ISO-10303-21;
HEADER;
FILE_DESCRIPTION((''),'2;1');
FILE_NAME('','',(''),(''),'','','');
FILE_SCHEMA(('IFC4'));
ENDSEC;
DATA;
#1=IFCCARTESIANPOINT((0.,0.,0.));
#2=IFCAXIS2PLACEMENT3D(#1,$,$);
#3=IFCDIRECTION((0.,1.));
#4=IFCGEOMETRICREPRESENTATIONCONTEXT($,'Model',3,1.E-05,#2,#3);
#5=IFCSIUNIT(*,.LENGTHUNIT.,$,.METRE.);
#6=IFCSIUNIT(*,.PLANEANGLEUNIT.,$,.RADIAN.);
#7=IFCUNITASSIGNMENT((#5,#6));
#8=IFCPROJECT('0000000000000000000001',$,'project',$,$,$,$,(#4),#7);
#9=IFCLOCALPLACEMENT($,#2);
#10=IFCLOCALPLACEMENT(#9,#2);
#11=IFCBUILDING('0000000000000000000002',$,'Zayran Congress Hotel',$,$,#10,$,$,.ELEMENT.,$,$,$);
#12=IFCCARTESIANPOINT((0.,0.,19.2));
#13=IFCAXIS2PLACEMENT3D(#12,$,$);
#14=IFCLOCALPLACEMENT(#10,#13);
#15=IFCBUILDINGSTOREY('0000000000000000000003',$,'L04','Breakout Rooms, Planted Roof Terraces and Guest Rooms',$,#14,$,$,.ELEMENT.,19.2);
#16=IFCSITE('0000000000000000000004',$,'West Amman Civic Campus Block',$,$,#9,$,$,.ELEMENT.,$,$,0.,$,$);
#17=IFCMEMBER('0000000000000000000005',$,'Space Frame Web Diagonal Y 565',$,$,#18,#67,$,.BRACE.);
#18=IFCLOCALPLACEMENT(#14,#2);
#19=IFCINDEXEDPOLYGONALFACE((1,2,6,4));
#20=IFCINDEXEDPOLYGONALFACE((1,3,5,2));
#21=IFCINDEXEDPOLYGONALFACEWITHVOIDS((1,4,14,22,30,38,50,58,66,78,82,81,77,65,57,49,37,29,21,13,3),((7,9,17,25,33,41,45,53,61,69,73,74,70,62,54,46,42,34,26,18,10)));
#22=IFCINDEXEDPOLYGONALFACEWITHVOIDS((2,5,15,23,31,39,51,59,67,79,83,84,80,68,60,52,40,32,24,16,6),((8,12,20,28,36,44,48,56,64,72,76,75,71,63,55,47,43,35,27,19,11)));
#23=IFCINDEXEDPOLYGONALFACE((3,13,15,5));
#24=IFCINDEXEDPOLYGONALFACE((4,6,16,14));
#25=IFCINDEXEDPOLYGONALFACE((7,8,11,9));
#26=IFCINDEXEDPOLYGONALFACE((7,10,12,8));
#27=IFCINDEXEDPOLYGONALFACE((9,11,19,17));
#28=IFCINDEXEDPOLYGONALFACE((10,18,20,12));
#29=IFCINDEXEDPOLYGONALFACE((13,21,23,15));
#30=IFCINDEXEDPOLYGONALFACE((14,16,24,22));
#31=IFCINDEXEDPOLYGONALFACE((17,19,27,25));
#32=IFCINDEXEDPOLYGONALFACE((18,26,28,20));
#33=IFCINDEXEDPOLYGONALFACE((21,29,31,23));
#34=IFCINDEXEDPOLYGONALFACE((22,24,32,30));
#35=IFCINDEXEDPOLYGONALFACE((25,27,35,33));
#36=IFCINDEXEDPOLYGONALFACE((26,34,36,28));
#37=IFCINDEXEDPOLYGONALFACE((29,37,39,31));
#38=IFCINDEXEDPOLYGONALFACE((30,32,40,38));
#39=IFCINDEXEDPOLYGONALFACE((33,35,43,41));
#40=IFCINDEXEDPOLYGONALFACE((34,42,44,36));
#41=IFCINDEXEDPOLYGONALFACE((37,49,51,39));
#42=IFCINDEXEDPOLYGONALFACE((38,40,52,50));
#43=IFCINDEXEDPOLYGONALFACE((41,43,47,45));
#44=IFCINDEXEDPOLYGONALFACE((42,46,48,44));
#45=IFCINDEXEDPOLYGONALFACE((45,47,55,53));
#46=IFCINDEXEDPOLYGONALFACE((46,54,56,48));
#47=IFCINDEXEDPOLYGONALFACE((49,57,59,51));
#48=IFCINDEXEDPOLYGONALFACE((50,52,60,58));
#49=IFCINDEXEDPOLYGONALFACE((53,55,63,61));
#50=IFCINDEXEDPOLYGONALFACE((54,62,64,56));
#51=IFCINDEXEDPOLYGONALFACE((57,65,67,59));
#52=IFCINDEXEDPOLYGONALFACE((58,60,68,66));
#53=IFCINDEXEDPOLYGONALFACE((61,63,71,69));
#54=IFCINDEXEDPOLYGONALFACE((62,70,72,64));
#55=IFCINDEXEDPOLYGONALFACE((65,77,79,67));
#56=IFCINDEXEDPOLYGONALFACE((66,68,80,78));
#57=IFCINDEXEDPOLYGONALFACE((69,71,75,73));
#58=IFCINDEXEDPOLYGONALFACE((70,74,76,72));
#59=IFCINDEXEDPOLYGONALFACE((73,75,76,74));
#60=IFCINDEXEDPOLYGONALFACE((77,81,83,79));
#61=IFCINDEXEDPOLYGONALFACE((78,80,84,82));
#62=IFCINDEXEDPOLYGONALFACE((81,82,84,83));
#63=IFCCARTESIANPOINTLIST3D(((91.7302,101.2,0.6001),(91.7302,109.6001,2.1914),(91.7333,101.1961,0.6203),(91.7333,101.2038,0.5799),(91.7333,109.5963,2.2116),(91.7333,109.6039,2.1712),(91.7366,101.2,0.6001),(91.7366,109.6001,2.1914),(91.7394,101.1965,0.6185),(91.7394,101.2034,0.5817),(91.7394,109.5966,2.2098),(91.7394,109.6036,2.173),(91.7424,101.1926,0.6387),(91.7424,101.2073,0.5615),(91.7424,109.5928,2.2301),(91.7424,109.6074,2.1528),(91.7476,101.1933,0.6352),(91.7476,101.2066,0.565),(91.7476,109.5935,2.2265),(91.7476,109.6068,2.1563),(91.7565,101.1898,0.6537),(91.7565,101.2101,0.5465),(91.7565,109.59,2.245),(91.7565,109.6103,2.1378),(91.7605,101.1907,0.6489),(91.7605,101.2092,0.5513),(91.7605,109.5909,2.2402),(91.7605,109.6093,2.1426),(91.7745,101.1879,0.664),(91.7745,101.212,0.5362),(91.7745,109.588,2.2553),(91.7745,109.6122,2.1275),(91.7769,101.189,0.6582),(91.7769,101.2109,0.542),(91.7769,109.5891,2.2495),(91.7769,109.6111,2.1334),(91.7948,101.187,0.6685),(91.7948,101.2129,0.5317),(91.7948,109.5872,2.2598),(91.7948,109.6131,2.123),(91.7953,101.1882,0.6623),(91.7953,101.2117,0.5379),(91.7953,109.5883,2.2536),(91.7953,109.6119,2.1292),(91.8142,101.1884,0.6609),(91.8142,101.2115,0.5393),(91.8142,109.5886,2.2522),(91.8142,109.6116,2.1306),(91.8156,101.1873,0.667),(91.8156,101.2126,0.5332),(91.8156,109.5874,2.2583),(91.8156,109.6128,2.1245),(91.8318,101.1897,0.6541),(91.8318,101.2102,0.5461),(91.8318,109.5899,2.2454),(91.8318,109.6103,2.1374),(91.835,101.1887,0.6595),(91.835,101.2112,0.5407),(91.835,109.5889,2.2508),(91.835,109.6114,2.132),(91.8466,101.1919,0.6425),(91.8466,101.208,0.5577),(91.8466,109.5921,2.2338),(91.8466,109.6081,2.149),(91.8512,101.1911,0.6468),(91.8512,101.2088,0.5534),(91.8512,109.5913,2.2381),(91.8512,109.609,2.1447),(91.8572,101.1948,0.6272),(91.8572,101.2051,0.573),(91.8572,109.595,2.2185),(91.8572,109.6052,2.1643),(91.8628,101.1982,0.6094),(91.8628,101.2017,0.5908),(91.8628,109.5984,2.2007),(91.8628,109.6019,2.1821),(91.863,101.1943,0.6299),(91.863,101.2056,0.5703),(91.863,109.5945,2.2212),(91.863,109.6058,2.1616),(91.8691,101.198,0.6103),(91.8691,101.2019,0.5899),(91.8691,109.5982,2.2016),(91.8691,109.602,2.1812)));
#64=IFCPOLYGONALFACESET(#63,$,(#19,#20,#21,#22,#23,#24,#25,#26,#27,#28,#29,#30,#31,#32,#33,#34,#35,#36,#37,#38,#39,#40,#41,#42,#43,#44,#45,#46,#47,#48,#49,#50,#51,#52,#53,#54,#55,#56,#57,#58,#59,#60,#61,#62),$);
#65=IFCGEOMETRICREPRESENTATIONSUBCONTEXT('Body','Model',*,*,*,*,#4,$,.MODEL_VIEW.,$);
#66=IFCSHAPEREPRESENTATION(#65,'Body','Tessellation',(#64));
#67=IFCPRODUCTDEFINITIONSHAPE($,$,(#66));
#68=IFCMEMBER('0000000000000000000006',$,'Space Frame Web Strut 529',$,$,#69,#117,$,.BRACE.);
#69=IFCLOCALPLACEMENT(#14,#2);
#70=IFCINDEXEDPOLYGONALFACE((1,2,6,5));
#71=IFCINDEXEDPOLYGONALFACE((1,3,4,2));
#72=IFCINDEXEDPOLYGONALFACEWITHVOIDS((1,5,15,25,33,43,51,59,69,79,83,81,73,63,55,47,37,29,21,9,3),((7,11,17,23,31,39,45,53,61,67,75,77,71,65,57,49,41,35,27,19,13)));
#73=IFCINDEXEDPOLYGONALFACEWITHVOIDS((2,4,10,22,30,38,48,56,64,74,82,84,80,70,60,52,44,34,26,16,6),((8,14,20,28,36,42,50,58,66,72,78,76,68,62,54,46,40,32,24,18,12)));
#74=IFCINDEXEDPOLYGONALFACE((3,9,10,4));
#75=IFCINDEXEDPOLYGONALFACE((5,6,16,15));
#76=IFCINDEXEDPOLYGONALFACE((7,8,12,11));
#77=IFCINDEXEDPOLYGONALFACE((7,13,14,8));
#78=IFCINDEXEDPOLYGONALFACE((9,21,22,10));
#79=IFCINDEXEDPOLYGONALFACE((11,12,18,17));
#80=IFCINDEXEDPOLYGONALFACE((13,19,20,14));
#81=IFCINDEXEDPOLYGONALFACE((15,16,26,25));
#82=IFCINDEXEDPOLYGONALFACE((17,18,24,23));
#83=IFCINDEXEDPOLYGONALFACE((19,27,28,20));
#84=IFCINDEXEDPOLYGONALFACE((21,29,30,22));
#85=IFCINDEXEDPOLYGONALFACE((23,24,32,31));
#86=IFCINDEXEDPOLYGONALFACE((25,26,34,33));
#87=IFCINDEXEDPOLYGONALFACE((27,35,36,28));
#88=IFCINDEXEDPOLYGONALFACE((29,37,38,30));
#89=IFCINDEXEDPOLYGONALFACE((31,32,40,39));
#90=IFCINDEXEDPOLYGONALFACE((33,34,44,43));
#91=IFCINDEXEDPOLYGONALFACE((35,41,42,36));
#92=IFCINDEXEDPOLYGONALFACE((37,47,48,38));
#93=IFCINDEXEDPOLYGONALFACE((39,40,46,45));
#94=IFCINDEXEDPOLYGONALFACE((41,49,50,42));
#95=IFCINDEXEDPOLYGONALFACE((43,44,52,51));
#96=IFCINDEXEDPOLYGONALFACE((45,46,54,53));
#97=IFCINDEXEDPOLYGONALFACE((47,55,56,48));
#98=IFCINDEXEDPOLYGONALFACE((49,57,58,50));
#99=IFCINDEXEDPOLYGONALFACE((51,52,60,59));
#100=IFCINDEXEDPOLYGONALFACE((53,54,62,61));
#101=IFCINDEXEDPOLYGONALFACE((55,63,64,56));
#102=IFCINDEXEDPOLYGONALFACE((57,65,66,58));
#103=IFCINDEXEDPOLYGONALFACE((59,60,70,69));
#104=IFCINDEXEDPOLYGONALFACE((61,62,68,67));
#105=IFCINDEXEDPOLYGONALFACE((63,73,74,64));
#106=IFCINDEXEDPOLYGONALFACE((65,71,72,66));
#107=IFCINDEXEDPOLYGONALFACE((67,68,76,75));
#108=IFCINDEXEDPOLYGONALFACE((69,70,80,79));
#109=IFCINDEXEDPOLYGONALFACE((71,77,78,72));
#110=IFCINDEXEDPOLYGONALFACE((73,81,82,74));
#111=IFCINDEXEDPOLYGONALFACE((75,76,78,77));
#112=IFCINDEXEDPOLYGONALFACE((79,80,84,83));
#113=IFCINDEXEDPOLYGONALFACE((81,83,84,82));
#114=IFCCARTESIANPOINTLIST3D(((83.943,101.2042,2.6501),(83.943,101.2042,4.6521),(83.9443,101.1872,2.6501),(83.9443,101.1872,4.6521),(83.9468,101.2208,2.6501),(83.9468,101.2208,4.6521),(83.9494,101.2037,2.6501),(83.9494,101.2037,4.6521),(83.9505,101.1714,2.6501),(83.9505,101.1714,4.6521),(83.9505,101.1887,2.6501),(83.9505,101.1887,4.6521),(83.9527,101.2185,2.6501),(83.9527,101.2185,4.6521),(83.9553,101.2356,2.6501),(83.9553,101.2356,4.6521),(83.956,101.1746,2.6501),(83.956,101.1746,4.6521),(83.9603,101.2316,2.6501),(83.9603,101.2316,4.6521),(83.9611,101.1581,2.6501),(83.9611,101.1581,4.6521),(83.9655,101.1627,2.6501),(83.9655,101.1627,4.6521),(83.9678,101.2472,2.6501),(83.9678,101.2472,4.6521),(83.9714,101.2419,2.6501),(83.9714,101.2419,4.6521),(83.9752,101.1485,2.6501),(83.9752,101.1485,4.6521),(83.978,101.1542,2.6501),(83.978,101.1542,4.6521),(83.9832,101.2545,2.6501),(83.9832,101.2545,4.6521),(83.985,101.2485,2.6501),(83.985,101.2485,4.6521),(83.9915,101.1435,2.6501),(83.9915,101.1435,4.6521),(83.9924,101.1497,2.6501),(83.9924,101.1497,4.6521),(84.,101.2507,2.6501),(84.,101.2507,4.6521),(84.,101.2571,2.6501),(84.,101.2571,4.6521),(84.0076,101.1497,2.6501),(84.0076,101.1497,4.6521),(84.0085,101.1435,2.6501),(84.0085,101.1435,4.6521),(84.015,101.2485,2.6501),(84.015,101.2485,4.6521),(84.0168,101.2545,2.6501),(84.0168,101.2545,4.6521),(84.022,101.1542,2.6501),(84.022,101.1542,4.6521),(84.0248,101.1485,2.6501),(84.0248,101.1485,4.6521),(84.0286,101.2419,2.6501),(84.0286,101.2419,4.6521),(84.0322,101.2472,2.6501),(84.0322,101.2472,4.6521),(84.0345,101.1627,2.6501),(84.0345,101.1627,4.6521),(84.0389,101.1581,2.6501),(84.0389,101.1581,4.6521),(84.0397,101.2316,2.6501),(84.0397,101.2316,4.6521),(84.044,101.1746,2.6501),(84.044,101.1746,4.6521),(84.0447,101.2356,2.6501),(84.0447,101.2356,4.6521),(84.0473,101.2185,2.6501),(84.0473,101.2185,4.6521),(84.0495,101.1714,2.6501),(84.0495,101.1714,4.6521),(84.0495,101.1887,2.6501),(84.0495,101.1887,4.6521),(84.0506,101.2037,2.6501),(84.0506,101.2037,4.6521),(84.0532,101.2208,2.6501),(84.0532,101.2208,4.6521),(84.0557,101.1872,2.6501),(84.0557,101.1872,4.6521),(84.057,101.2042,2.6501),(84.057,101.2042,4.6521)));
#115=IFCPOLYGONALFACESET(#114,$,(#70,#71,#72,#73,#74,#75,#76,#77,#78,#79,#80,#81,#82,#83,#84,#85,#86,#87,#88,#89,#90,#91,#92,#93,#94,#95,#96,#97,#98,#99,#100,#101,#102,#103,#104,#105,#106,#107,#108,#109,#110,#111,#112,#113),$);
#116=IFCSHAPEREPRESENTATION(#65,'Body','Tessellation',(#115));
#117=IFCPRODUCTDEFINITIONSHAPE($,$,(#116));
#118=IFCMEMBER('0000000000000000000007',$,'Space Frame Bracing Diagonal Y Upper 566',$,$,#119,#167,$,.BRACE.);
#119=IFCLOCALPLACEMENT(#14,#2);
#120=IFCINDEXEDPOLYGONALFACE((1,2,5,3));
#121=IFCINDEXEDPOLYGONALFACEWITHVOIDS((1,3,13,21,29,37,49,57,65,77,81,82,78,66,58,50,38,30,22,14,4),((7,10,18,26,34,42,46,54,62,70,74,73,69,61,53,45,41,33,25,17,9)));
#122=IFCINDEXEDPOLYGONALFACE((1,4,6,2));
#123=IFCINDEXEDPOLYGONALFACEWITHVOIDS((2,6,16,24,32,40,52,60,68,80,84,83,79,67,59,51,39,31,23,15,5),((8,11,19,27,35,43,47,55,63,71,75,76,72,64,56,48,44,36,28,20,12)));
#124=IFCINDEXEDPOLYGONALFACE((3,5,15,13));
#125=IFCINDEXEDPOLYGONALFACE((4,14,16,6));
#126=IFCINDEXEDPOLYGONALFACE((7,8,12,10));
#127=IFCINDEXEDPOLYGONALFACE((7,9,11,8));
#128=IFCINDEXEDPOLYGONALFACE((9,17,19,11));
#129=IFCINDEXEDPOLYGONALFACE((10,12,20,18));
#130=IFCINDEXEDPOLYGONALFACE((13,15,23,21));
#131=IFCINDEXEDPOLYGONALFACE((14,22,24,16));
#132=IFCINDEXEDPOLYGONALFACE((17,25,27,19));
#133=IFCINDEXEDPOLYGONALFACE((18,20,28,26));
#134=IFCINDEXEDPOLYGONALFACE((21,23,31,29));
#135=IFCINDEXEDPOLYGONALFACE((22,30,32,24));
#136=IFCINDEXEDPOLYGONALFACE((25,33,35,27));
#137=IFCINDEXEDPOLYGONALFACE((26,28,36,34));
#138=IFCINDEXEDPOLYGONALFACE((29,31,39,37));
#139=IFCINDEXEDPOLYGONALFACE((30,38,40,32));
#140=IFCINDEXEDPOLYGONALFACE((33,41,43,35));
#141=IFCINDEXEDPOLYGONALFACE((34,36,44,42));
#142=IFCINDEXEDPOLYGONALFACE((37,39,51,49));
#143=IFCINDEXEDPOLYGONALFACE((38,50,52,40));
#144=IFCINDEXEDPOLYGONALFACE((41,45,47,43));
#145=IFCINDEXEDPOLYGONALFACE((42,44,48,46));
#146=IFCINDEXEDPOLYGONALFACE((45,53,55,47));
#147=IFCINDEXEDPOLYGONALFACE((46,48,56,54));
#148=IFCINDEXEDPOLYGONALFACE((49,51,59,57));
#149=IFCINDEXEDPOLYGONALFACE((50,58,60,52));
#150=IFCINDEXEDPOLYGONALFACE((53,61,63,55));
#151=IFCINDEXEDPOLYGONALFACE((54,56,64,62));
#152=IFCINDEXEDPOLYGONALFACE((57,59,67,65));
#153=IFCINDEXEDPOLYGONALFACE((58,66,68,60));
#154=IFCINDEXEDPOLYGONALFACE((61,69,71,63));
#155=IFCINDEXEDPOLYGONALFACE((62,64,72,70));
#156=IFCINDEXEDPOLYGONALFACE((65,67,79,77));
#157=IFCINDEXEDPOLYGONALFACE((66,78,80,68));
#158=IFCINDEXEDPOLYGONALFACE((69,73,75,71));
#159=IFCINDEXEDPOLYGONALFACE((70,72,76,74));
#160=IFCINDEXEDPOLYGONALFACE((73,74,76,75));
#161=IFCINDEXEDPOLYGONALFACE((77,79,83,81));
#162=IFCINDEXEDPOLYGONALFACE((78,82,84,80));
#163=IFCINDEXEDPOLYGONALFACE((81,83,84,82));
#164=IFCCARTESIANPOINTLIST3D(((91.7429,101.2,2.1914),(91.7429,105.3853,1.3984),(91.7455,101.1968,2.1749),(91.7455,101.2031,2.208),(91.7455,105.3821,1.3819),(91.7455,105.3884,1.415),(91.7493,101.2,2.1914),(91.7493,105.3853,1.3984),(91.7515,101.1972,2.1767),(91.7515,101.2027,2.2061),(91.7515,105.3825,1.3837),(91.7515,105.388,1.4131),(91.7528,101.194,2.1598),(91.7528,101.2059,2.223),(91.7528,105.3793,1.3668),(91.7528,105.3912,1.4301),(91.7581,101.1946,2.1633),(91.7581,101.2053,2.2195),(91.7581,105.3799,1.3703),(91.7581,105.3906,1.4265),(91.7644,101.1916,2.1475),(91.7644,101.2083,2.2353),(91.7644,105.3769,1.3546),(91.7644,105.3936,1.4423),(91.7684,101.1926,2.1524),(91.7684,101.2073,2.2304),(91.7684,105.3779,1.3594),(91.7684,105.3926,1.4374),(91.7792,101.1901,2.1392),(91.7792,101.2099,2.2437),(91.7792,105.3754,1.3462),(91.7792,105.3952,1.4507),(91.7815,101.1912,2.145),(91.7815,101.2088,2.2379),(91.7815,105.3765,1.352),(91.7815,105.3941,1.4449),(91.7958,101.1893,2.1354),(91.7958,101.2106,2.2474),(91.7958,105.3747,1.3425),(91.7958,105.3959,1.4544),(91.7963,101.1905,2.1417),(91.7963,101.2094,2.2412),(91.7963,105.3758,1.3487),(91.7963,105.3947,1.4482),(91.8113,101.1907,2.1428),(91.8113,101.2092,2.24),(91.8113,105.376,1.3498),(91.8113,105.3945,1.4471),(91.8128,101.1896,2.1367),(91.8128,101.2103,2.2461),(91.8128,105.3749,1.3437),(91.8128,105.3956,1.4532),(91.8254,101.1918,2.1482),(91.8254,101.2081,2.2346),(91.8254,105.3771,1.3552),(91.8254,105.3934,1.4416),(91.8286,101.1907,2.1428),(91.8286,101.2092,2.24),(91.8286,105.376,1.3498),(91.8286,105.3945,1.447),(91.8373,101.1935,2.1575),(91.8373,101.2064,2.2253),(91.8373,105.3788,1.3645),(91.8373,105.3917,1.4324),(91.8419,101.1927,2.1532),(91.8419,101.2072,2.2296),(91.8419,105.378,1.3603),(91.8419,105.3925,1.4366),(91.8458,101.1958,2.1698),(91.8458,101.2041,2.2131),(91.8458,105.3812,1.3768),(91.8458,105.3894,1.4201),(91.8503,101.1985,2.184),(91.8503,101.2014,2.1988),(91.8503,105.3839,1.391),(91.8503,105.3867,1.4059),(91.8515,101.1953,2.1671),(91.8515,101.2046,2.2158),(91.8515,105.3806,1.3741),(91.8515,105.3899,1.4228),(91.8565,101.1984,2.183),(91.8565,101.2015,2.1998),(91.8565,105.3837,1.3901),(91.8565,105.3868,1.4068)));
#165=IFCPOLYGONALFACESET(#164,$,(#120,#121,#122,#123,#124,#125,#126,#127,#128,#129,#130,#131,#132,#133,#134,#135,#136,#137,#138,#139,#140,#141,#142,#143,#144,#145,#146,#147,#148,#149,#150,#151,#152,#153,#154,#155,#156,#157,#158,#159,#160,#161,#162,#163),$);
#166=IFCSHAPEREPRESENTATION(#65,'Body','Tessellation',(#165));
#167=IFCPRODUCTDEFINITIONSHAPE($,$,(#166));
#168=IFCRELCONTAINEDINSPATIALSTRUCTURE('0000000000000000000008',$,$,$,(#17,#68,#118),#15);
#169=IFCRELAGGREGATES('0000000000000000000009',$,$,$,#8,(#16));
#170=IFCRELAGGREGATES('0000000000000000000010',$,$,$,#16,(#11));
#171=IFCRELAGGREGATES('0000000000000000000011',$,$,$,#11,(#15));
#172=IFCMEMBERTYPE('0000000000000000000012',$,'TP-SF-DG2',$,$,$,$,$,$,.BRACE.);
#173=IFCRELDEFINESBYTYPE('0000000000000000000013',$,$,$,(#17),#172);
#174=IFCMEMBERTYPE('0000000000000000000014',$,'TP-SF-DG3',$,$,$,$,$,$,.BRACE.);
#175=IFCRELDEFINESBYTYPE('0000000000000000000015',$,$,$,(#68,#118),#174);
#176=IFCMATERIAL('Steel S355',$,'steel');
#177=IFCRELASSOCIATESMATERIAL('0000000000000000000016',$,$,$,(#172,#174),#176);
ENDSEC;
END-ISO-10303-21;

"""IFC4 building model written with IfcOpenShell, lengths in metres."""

from ifc_helpers import new_model, si_unit, direction, frame, origin, origin_2d, place, context, subcontext, project, spatial, hollow_circle, extrude, material, material_profile, profile_set, type_object, element, save


model = new_model("IFC4")

# Units and contexts
model_context = context("Model", 3, precision=1e-05, world=origin(), true_north=direction((0.0, 1.0)))
body_context = subcontext(model_context, "Body", "Model", "MODEL_VIEW")
ifc_project = project(units=[si_unit("LENGTHUNIT", "METRE"), si_unit("PLANEANGLEUNIT", "RADIAN")], contexts=[model_context])

# Site, building, storey
site_placement = place(None, origin())
site = spatial("IfcSite", under=ifc_project, at=site_placement, Name="West Amman Civic Campus Block", CompositionType="ELEMENT", RefElevation=0.0)
building_placement = place(site_placement, origin())
building = spatial("IfcBuilding", under=site, at=building_placement, Name="Zayran Congress Hotel", CompositionType="ELEMENT")
storey_placement = place(building_placement, frame((0.0, 0.0, 19.2)))
storey = spatial("IfcBuildingStorey", under=building, at=storey_placement, Name="L04", Description="Breakout Rooms, Planted Roof Terraces and Guest Rooms", CompositionType="ELEMENT", Elevation=19.2)

# Shared definitions
ifc_material = material(Name="Steel S355", Category="steel")

# Members
ifc_material_profile_1 = material_profile(ifc_material, hollow_circle(Radius=0.0698, WallThickness=0.0063, at=origin_2d()), Name="CHS 139.7x6.3")
ifc_profile_set_1 = profile_set([ifc_material_profile_1], Name="Steel S355")
member_type_1 = type_object("IfcMemberType", Name="TP-SF-DG2", PredefinedType="BRACE", material=ifc_profile_set_1)
member_1_placement = place(storey_placement, frame((91.8, 101.2, 0.6001), z_axis=(0.0, 0.982526, 0.186128), x_axis=(-1.0, 0.0, 0.0)))
element("IfcMember", 1, at=member_1_placement, inside=storey, type_object=member_type_1, Name="Space Frame Web Diagonal Y 565", PredefinedType="BRACE", context=body_context, shape_type="SweptSolid", body=[
    extrude(hollow_circle(Radius=0.0698, WallThickness=0.0063, at=origin_2d()), origin(), (0.0, 0.0, 1.0), 8.5496),
])
ifc_material_profile_2 = material_profile(ifc_material, hollow_circle(Radius=0.0571, WallThickness=0.0063, at=origin_2d()), Name="CHS 114.3x6.3")
ifc_profile_set_2 = profile_set([ifc_material_profile_2], Name="Steel S355")
member_type_2 = type_object("IfcMemberType", Name="TP-SF-DG3", PredefinedType="BRACE", material=ifc_profile_set_2)
member_2_placement = place(storey_placement, frame((84.0, 101.2, 2.6501), z_axis=(0.0, 0.0, 1.0), x_axis=(0.0, 1.0, 0.0)))
element("IfcMember", 2, at=member_2_placement, inside=storey, type_object=member_type_2, Name="Space Frame Web Strut 529", PredefinedType="BRACE", context=body_context, shape_type="SweptSolid", body=[
    extrude(hollow_circle(Radius=0.0571, WallThickness=0.0063, at=origin_2d()), origin(), (0.0, 0.0, 1.0), 2.002),
])
for number, where, z_axis, x_axis, name in (
    (3, (91.8, 101.2, 2.1914), (0.0, 0.982521, -0.186153), (-1.0, 0.0, 0.0), "Space Frame Bracing Diagonal Y Upper 566"),
):
    element("IfcMember", number, at=place(storey_placement, frame(where, z_axis=z_axis, x_axis=x_axis)), inside=storey, type_object=member_type_2, Name=name, PredefinedType="BRACE", context=body_context, shape_type="SweptSolid", body=[
        extrude(hollow_circle(Radius=0.0571, WallThickness=0.0063, at=origin_2d()), origin(), (0.0, 0.0, 1.0), 4.2598),
    ])

save(model, "model.ifc")
